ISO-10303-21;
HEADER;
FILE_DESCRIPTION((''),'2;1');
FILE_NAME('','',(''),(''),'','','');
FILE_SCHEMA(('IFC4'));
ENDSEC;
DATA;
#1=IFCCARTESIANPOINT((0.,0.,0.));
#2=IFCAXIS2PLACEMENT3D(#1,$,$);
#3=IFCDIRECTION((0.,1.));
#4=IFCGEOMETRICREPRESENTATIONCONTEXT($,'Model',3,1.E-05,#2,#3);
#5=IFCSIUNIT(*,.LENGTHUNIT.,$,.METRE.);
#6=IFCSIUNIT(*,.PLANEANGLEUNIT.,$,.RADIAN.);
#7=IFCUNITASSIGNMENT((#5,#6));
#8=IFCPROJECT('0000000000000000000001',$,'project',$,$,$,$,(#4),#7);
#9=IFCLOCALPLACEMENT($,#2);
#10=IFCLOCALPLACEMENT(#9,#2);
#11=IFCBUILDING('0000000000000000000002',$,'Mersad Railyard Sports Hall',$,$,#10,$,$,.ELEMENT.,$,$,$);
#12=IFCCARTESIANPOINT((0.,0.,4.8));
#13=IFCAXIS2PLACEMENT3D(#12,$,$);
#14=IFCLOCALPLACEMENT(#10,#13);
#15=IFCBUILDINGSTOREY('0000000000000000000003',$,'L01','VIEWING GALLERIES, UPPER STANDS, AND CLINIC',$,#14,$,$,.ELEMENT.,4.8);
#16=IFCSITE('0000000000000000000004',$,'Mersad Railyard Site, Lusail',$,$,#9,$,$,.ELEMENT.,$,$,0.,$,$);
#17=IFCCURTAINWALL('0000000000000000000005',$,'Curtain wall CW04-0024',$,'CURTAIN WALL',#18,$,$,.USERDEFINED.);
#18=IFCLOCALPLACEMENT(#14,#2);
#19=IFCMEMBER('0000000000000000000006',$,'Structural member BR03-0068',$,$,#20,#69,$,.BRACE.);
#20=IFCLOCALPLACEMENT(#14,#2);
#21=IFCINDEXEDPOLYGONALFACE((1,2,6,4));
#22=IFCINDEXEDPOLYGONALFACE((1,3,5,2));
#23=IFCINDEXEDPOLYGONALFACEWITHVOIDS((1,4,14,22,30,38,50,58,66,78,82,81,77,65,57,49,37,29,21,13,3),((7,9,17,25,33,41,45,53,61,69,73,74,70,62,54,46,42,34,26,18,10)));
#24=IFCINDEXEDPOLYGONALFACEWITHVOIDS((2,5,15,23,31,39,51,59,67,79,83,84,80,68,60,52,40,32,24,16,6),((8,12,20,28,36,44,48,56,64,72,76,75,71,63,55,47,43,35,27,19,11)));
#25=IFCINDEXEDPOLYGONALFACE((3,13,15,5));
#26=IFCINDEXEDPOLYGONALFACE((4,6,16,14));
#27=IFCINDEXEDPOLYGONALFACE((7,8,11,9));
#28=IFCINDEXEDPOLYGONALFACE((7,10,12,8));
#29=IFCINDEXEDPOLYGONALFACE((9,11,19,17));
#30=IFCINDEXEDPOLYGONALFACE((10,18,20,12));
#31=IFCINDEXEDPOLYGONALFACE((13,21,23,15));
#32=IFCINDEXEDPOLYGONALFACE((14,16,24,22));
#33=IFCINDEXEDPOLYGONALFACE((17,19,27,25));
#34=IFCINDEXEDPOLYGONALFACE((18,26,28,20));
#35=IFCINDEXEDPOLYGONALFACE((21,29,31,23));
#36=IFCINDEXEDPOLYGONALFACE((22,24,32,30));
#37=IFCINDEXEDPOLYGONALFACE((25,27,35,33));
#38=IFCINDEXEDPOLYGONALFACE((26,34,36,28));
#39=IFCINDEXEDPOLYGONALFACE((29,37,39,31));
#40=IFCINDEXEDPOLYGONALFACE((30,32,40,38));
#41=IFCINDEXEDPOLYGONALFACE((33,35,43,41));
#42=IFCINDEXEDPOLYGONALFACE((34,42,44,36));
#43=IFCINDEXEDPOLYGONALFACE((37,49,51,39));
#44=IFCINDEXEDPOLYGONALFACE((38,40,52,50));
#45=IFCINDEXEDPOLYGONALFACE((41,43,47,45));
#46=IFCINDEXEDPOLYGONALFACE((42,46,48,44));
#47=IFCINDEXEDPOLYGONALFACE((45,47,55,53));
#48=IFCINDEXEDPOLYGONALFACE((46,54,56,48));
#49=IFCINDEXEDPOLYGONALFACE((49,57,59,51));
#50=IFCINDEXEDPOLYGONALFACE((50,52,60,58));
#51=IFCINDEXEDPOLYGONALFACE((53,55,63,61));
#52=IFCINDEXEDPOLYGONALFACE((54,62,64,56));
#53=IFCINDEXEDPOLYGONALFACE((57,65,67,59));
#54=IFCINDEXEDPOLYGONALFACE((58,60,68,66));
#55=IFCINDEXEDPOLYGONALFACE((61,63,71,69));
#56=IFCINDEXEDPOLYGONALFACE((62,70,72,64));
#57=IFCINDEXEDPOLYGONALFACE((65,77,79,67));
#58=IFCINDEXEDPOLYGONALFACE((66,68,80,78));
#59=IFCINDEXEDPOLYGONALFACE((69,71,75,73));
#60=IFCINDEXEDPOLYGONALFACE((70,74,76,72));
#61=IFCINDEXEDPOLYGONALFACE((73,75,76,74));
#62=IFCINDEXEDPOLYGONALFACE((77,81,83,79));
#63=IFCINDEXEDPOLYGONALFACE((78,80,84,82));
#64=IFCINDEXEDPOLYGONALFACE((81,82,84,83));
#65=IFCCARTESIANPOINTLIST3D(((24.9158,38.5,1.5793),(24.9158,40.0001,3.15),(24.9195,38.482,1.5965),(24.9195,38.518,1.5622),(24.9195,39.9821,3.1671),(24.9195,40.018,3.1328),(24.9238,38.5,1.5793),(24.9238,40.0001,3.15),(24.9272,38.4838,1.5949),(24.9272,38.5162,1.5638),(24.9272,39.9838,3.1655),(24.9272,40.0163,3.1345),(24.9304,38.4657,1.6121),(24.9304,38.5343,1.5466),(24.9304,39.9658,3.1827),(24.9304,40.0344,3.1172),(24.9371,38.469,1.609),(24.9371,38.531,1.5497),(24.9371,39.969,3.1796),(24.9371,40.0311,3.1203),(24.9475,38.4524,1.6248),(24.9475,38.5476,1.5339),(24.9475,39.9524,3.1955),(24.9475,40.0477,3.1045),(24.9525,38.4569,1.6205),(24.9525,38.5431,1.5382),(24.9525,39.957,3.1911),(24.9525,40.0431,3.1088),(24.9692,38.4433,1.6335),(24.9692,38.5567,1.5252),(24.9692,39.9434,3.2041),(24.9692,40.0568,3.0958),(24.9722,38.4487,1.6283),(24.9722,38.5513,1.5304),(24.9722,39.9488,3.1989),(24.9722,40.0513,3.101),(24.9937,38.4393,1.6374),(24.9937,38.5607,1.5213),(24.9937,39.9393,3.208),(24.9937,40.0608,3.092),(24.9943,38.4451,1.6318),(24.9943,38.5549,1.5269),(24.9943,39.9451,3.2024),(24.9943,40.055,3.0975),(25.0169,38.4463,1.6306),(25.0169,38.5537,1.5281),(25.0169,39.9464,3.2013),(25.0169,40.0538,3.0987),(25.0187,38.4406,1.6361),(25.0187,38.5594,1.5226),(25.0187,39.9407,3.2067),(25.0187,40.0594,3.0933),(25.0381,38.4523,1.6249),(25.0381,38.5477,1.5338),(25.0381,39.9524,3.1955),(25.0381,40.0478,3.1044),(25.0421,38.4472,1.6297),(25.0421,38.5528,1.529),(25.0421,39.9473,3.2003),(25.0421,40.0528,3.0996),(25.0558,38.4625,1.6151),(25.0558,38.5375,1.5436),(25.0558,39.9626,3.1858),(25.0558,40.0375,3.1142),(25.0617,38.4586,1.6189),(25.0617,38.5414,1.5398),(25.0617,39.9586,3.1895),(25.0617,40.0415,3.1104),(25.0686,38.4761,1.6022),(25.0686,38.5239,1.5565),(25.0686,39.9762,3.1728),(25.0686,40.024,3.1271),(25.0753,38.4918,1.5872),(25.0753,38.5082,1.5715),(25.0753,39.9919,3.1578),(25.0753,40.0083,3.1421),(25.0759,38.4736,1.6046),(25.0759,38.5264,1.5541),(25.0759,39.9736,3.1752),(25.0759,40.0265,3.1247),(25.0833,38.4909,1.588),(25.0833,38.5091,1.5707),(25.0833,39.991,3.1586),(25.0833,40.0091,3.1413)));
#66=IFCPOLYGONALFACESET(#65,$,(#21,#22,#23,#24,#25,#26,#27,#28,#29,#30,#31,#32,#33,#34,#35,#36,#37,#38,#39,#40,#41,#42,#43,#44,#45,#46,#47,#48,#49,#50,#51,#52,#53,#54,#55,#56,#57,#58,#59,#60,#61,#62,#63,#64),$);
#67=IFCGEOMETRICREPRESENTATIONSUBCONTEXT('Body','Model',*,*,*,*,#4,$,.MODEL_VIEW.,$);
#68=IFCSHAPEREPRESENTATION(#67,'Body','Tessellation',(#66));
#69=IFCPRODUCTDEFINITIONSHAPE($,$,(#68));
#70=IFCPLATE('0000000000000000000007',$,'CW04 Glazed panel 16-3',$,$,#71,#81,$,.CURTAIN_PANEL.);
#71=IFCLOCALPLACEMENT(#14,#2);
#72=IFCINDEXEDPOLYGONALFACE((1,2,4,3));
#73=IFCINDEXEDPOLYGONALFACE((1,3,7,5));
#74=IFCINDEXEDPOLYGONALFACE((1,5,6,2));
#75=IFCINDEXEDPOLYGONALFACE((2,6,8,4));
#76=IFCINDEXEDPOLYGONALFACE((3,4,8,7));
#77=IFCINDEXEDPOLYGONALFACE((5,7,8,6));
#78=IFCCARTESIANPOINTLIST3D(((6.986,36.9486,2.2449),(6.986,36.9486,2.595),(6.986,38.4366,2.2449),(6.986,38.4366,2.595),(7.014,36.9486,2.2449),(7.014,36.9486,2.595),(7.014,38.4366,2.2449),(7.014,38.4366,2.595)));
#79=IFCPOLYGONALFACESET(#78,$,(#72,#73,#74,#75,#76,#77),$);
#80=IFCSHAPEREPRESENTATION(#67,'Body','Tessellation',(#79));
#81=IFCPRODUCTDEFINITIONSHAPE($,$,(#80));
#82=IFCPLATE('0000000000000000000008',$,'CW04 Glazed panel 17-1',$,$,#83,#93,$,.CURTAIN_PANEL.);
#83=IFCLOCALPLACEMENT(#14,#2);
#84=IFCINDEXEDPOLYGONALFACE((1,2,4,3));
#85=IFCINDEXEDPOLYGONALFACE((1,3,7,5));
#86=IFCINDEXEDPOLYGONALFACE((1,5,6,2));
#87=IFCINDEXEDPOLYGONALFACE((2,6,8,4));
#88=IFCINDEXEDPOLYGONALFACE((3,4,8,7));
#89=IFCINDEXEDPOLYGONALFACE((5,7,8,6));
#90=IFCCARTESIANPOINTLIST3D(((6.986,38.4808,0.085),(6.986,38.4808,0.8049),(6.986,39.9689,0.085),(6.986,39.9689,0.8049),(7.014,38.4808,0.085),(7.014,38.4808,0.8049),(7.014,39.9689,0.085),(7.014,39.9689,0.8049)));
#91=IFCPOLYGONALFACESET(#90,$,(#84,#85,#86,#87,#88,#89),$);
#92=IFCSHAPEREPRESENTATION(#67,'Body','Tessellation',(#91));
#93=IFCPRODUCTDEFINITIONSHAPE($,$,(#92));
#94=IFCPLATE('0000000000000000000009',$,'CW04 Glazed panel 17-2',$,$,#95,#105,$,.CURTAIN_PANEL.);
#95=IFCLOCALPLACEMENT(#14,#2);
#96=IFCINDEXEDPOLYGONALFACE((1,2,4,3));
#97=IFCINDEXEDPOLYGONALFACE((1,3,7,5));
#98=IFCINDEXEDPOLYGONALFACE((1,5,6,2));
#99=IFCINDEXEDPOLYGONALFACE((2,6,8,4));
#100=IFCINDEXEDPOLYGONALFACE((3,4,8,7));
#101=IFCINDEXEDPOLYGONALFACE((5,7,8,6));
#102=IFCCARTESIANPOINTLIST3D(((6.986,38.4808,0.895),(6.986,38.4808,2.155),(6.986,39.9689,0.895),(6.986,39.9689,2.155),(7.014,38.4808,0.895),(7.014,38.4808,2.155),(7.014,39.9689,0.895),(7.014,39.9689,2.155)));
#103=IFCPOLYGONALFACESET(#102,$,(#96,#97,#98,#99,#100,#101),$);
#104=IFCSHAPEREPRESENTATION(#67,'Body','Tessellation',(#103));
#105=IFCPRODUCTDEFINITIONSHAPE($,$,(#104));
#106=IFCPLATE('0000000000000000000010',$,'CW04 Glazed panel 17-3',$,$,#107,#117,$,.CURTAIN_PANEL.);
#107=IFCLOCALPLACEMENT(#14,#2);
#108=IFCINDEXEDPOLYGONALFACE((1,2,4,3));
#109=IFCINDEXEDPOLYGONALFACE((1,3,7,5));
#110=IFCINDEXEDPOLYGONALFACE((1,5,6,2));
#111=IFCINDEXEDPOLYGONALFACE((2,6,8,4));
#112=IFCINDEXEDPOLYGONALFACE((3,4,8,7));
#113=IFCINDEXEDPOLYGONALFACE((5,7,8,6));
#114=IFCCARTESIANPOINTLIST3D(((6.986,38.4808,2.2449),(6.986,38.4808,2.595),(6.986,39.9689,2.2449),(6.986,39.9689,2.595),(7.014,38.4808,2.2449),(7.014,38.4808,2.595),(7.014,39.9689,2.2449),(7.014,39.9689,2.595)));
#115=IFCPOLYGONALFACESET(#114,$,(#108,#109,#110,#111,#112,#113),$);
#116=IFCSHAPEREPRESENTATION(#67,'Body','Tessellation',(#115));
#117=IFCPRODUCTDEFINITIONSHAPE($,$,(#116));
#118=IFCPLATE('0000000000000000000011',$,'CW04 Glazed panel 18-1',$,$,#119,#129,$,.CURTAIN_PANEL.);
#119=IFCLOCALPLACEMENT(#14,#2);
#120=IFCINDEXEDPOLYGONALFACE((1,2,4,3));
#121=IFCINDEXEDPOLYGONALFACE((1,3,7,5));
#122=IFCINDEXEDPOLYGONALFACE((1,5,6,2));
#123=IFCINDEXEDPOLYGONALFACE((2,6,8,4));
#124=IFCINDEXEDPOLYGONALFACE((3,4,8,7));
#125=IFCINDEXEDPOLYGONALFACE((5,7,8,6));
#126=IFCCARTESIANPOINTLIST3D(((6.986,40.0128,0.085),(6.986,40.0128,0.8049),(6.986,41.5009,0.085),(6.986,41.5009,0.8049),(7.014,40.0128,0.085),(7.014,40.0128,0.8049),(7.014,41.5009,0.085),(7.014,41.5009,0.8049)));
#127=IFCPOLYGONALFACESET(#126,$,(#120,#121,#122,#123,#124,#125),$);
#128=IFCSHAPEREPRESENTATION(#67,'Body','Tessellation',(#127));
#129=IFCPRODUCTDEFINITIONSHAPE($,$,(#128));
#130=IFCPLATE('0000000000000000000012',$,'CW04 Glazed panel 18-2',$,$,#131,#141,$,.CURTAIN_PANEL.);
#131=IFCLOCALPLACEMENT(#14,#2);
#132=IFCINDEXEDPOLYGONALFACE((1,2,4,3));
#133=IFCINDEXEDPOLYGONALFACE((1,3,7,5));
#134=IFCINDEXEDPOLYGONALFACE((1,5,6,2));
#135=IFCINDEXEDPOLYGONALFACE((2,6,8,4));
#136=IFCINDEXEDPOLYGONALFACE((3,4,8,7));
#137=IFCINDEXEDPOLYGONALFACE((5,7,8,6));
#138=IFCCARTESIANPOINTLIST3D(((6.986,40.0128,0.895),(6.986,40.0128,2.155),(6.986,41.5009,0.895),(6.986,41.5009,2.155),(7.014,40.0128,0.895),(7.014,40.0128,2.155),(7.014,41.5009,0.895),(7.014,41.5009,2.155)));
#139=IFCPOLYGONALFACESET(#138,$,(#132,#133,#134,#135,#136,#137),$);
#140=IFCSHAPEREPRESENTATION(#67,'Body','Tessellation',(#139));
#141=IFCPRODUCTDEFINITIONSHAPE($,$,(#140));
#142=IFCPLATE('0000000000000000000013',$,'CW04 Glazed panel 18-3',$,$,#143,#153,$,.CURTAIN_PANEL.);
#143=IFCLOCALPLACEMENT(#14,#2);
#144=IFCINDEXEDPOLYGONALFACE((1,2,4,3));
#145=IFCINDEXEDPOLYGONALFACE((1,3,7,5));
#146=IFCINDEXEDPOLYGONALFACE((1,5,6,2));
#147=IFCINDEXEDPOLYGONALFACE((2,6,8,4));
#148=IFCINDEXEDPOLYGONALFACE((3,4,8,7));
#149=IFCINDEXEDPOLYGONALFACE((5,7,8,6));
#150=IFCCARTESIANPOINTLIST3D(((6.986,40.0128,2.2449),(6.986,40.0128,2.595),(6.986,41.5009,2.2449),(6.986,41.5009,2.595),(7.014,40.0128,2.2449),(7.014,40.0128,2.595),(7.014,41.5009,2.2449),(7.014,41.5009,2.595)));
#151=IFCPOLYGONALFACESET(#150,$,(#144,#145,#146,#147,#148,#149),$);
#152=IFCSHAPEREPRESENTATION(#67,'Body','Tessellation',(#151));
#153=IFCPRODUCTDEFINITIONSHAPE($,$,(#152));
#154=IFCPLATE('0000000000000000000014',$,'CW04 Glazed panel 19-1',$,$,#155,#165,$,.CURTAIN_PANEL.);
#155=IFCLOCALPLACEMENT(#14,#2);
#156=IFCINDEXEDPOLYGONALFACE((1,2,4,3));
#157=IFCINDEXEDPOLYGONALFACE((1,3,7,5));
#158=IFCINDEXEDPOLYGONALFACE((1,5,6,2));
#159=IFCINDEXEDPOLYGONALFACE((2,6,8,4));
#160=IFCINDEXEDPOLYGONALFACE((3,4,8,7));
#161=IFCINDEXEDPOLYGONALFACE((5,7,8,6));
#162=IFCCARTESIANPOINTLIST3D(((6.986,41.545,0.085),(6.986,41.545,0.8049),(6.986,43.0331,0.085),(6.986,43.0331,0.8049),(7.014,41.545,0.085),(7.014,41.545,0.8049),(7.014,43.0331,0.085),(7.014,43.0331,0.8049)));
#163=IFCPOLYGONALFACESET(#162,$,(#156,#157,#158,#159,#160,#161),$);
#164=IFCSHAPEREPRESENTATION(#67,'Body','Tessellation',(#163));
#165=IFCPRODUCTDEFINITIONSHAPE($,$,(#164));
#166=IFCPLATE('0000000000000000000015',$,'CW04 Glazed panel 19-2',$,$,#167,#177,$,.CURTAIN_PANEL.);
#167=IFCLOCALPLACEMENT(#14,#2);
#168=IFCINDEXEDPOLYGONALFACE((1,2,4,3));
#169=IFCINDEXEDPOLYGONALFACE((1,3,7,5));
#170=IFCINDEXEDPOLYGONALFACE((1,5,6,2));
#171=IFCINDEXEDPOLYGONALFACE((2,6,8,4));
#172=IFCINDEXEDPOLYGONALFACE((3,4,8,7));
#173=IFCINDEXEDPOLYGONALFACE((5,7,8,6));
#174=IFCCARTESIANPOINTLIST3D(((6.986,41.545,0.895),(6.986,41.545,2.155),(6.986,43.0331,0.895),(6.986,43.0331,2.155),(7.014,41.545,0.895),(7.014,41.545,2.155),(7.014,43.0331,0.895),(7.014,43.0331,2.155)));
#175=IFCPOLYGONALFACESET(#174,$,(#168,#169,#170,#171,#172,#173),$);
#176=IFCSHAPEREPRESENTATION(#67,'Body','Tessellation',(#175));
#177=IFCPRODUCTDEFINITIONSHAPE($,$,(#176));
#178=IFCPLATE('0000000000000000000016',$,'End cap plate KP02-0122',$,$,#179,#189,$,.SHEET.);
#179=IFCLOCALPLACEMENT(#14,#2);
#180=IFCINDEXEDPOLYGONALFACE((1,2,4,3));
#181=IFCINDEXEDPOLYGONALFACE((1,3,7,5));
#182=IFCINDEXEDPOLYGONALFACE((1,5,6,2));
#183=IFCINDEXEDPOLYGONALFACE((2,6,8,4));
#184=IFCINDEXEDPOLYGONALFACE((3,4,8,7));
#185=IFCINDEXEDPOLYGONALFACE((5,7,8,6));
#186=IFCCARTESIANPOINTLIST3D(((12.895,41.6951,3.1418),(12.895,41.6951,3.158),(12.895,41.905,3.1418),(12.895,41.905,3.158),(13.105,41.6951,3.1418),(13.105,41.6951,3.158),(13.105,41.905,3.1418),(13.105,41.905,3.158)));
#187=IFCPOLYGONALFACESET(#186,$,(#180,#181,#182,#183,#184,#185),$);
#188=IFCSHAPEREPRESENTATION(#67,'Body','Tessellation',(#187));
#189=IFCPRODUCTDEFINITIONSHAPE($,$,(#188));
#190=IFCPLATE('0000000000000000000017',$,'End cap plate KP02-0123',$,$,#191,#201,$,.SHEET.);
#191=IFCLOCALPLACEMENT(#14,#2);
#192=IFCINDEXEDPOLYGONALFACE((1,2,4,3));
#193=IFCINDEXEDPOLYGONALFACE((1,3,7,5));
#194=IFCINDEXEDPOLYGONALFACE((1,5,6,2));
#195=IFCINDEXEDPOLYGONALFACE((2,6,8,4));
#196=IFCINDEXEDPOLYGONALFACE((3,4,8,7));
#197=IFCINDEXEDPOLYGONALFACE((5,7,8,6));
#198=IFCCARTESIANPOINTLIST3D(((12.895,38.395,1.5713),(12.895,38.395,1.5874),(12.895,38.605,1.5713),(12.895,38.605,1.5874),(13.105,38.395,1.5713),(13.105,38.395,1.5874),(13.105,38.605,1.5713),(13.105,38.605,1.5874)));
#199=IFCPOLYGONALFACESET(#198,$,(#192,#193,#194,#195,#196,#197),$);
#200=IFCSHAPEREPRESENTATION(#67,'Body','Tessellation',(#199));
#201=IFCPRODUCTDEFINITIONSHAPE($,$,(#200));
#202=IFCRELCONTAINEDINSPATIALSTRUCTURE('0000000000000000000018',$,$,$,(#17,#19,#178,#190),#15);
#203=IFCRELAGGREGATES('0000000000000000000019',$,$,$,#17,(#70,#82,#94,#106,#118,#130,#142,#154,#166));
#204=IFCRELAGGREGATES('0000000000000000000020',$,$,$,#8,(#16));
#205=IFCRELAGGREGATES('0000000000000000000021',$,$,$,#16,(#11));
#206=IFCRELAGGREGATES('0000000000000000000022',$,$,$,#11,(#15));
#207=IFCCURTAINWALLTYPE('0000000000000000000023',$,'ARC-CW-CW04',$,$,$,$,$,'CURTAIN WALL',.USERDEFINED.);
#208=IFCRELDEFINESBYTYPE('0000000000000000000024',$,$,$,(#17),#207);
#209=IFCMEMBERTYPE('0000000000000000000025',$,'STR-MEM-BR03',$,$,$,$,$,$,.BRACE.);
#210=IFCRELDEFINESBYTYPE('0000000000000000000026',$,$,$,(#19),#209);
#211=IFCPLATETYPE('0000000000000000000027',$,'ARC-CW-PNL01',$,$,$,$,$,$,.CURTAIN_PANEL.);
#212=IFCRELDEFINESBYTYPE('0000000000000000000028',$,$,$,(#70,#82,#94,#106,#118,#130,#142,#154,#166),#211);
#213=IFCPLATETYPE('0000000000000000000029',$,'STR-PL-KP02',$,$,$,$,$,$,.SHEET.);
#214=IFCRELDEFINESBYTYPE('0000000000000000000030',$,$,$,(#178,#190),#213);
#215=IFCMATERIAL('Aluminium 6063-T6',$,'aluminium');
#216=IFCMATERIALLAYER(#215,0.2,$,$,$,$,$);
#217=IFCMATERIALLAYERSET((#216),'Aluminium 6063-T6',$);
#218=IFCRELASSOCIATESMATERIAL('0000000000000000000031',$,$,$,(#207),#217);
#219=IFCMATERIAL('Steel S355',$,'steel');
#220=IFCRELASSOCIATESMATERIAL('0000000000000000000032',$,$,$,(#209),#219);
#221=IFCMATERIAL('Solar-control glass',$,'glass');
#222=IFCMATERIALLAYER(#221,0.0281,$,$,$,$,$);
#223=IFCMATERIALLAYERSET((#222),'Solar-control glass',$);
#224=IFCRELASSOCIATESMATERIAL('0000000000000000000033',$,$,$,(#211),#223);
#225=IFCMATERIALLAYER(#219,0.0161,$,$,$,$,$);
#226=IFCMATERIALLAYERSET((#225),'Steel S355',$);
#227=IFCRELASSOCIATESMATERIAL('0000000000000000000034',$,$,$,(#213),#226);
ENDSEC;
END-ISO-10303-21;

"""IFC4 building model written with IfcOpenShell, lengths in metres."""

from ifc_helpers import new_model, si_unit, direction, frame, origin, origin_2d, place, context, subcontext, project, spatial, rectangle, hollow_circle, extrude, material, layer, layer_set, material_profile, profile_set, type_object, element, aggregate, save


model = new_model("IFC4")

# Units and contexts
model_context = context("Model", 3, precision=1e-05, world=origin(), true_north=direction((0.0, 1.0)))
body_context = subcontext(model_context, "Body", "Model", "MODEL_VIEW")
ifc_project = project(units=[si_unit("LENGTHUNIT", "METRE"), si_unit("PLANEANGLEUNIT", "RADIAN")], contexts=[model_context])

# Site, building, storey
site_placement = place(None, origin())
site = spatial("IfcSite", under=ifc_project, at=site_placement, Name="Mersad Railyard Site, Lusail", CompositionType="ELEMENT", RefElevation=0.0)
building_placement = place(site_placement, origin())
building = spatial("IfcBuilding", under=site, at=building_placement, Name="Mersad Railyard Sports Hall", CompositionType="ELEMENT")
storey_placement = place(building_placement, frame((0.0, 0.0, 4.8)))
storey = spatial("IfcBuildingStorey", under=building, at=storey_placement, Name="L01", Description="VIEWING GALLERIES, UPPER STANDS, AND CLINIC", CompositionType="ELEMENT", Elevation=4.8)

# Curtain wall
ifc_material_1 = material(Name="Aluminium 6063-T6", Category="aluminium")
ifc_layer_1 = layer(ifc_material_1, 0.2)
ifc_layer_set_1 = layer_set([ifc_layer_1], Name="Aluminium 6063-T6")
curtain_wall_type = type_object("IfcCurtainWallType", Name="ARC-CW-CW04", ElementType="CURTAIN WALL", PredefinedType="USERDEFINED", material=ifc_layer_set_1)
curtain_wall_placement = place(storey_placement, origin())
curtain_wall = element("IfcCurtainWall", 1, at=curtain_wall_placement, inside=storey, type_object=curtain_wall_type, Name="Curtain wall CW04-0024", ObjectType="CURTAIN WALL", PredefinedType="USERDEFINED")

# Member
ifc_material_2 = material(Name="Steel S355", Category="steel")
ifc_material_profile_1 = material_profile(ifc_material_2, hollow_circle(Radius=0.0842, WallThickness=0.0081, at=origin_2d()), Name="CHS 168.3x8")
ifc_profile_set_1 = profile_set([ifc_material_profile_1], Name="Steel S355")
member_type_1 = type_object("IfcMemberType", Name="STR-MEM-BR03", PredefinedType="BRACE", material=ifc_profile_set_1)
for number, where, z_axis, x_axis, name in (
    (2, (25.0, 38.5, 1.5793), (0.0, 0.690676, 0.723164), (-1.0, 0.0, 0.0), "Structural member BR03-0068"),
):
    element("IfcMember", number, at=place(storey_placement, frame(where, z_axis=z_axis, x_axis=x_axis)), inside=storey, type_object=member_type_1, Name=name, PredefinedType="BRACE", context=body_context, shape_type="SweptSolid", body=[
        extrude(hollow_circle(Radius=0.0842, WallThickness=0.0081, at=origin_2d()), origin(), (0.0, 0.0, 1.0), 2.1719),
    ])

# Plates
ifc_material_3 = material(Name="Solar-control glass", Category="glass")
ifc_layer_2 = layer(ifc_material_3, 0.0281)
ifc_layer_set_2 = layer_set([ifc_layer_2], Name="Solar-control glass")
plate_type_1 = type_object("IfcPlateType", Name="ARC-CW-PNL01", PredefinedType="CURTAIN_PANEL", material=ifc_layer_set_2)
plate_1_placement = place(storey_placement, frame((7.0, 37.6926, 2.2449), z_axis=(0.0, 0.0, 1.0), x_axis=(0.0, 1.0, 0.0)))
plate_1 = element("IfcPlate", 3, at=plate_1_placement, type_object=plate_type_1, Name="CW04 Glazed panel 16-3", PredefinedType="CURTAIN_PANEL", context=body_context, shape_type="SweptSolid", body=[
    extrude(rectangle(XDim=1.488, YDim=0.0281, at=origin_2d()), origin(), (0.0, 0.0, 1.0), 0.3501),
])
plate_2_placement = place(storey_placement, frame((7.0, 39.2249, 0.085), z_axis=(0.0, 0.0, 1.0), x_axis=(0.0, 1.0, 0.0)))
plate_2 = element("IfcPlate", 4, at=plate_2_placement, type_object=plate_type_1, Name="CW04 Glazed panel 17-1", PredefinedType="CURTAIN_PANEL", context=body_context, shape_type="SweptSolid", body=[
    extrude(rectangle(XDim=1.488, YDim=0.0281, at=origin_2d()), origin(), (0.0, 0.0, 1.0), 0.72),
])
plate_3_placement = place(storey_placement, frame((7.0, 39.2249, 0.895), z_axis=(0.0, 0.0, 1.0), x_axis=(0.0, 1.0, 0.0)))
plate_3 = element("IfcPlate", 5, at=plate_3_placement, type_object=plate_type_1, Name="CW04 Glazed panel 17-2", PredefinedType="CURTAIN_PANEL", context=body_context, shape_type="SweptSolid", body=[
    extrude(rectangle(XDim=1.488, YDim=0.0281, at=origin_2d()), origin(), (0.0, 0.0, 1.0), 1.26),
])
plate_4_placement = place(storey_placement, frame((7.0, 39.2249, 2.2449), z_axis=(0.0, 0.0, 1.0), x_axis=(0.0, 1.0, 0.0)))
plate_4 = element("IfcPlate", 6, at=plate_4_placement, type_object=plate_type_1, Name="CW04 Glazed panel 17-3", PredefinedType="CURTAIN_PANEL", context=body_context, shape_type="SweptSolid", body=[
    extrude(rectangle(XDim=1.488, YDim=0.0281, at=origin_2d()), origin(), (0.0, 0.0, 1.0), 0.3501),
])
plate_5_placement = place(storey_placement, frame((7.0, 40.7568, 0.085), z_axis=(0.0, 0.0, 1.0), x_axis=(0.0, 1.0, 0.0)))
plate_5 = element("IfcPlate", 7, at=plate_5_placement, type_object=plate_type_1, Name="CW04 Glazed panel 18-1", PredefinedType="CURTAIN_PANEL", context=body_context, shape_type="SweptSolid", body=[
    extrude(rectangle(XDim=1.488, YDim=0.0281, at=origin_2d()), origin(), (0.0, 0.0, 1.0), 0.72),
])
plate_6_placement = place(storey_placement, frame((7.0, 40.7568, 0.895), z_axis=(0.0, 0.0, 1.0), x_axis=(0.0, 1.0, 0.0)))
plate_6 = element("IfcPlate", 8, at=plate_6_placement, type_object=plate_type_1, Name="CW04 Glazed panel 18-2", PredefinedType="CURTAIN_PANEL", context=body_context, shape_type="SweptSolid", body=[
    extrude(rectangle(XDim=1.488, YDim=0.0281, at=origin_2d()), origin(), (0.0, 0.0, 1.0), 1.26),
])
plate_7_placement = place(storey_placement, frame((7.0, 40.7568, 2.2449), z_axis=(0.0, 0.0, 1.0), x_axis=(0.0, 1.0, 0.0)))
plate_7 = element("IfcPlate", 9, at=plate_7_placement, type_object=plate_type_1, Name="CW04 Glazed panel 18-3", PredefinedType="CURTAIN_PANEL", context=body_context, shape_type="SweptSolid", body=[
    extrude(rectangle(XDim=1.488, YDim=0.0281, at=origin_2d()), origin(), (0.0, 0.0, 1.0), 0.3501),
])
plate_8_placement = place(storey_placement, frame((7.0, 42.2891, 0.085), z_axis=(0.0, 0.0, 1.0), x_axis=(0.0, 1.0, 0.0)))
plate_8 = element("IfcPlate", 10, at=plate_8_placement, type_object=plate_type_1, Name="CW04 Glazed panel 19-1", PredefinedType="CURTAIN_PANEL", context=body_context, shape_type="SweptSolid", body=[
    extrude(rectangle(XDim=1.488, YDim=0.0281, at=origin_2d()), origin(), (0.0, 0.0, 1.0), 0.72),
])
plate_9_placement = place(storey_placement, frame((7.0, 42.2891, 0.895), z_axis=(0.0, 0.0, 1.0), x_axis=(0.0, 1.0, 0.0)))
plate_9 = element("IfcPlate", 11, at=plate_9_placement, type_object=plate_type_1, Name="CW04 Glazed panel 19-2", PredefinedType="CURTAIN_PANEL", context=body_context, shape_type="SweptSolid", body=[
    extrude(rectangle(XDim=1.488, YDim=0.0281, at=origin_2d()), origin(), (0.0, 0.0, 1.0), 1.26),
])
aggregate(curtain_wall, [plate_1, plate_2, plate_3, plate_4, plate_5, plate_6, plate_7, plate_8, plate_9])

# Plates
ifc_layer_3 = layer(ifc_material_2, 0.0161)
ifc_layer_set_3 = layer_set([ifc_layer_3], Name="Steel S355")
plate_type_2 = type_object("IfcPlateType", Name="STR-PL-KP02", PredefinedType="SHEET", material=ifc_layer_set_3)
for number, where, z_axis, x_axis, name in (
    (12, (13.0, 41.8, 3.1418), (0.0, 0.0, 1.0), (1.0, 0.0, 0.0), "End cap plate KP02-0122"),
    (13, (13.0, 38.5, 1.5713), (0.0, 0.0, 1.0), (1.0, 0.0, 0.0), "End cap plate KP02-0123"),
):
    element("IfcPlate", number, at=place(storey_placement, frame(where, z_axis=z_axis, x_axis=x_axis)), inside=storey, type_object=plate_type_2, Name=name, PredefinedType="SHEET", context=body_context, shape_type="SweptSolid", body=[
        extrude(rectangle(XDim=0.21, YDim=0.21, at=origin_2d()), origin(), (0.0, 0.0, 1.0), 0.0161),
    ])

save(model, "model.ifc")
